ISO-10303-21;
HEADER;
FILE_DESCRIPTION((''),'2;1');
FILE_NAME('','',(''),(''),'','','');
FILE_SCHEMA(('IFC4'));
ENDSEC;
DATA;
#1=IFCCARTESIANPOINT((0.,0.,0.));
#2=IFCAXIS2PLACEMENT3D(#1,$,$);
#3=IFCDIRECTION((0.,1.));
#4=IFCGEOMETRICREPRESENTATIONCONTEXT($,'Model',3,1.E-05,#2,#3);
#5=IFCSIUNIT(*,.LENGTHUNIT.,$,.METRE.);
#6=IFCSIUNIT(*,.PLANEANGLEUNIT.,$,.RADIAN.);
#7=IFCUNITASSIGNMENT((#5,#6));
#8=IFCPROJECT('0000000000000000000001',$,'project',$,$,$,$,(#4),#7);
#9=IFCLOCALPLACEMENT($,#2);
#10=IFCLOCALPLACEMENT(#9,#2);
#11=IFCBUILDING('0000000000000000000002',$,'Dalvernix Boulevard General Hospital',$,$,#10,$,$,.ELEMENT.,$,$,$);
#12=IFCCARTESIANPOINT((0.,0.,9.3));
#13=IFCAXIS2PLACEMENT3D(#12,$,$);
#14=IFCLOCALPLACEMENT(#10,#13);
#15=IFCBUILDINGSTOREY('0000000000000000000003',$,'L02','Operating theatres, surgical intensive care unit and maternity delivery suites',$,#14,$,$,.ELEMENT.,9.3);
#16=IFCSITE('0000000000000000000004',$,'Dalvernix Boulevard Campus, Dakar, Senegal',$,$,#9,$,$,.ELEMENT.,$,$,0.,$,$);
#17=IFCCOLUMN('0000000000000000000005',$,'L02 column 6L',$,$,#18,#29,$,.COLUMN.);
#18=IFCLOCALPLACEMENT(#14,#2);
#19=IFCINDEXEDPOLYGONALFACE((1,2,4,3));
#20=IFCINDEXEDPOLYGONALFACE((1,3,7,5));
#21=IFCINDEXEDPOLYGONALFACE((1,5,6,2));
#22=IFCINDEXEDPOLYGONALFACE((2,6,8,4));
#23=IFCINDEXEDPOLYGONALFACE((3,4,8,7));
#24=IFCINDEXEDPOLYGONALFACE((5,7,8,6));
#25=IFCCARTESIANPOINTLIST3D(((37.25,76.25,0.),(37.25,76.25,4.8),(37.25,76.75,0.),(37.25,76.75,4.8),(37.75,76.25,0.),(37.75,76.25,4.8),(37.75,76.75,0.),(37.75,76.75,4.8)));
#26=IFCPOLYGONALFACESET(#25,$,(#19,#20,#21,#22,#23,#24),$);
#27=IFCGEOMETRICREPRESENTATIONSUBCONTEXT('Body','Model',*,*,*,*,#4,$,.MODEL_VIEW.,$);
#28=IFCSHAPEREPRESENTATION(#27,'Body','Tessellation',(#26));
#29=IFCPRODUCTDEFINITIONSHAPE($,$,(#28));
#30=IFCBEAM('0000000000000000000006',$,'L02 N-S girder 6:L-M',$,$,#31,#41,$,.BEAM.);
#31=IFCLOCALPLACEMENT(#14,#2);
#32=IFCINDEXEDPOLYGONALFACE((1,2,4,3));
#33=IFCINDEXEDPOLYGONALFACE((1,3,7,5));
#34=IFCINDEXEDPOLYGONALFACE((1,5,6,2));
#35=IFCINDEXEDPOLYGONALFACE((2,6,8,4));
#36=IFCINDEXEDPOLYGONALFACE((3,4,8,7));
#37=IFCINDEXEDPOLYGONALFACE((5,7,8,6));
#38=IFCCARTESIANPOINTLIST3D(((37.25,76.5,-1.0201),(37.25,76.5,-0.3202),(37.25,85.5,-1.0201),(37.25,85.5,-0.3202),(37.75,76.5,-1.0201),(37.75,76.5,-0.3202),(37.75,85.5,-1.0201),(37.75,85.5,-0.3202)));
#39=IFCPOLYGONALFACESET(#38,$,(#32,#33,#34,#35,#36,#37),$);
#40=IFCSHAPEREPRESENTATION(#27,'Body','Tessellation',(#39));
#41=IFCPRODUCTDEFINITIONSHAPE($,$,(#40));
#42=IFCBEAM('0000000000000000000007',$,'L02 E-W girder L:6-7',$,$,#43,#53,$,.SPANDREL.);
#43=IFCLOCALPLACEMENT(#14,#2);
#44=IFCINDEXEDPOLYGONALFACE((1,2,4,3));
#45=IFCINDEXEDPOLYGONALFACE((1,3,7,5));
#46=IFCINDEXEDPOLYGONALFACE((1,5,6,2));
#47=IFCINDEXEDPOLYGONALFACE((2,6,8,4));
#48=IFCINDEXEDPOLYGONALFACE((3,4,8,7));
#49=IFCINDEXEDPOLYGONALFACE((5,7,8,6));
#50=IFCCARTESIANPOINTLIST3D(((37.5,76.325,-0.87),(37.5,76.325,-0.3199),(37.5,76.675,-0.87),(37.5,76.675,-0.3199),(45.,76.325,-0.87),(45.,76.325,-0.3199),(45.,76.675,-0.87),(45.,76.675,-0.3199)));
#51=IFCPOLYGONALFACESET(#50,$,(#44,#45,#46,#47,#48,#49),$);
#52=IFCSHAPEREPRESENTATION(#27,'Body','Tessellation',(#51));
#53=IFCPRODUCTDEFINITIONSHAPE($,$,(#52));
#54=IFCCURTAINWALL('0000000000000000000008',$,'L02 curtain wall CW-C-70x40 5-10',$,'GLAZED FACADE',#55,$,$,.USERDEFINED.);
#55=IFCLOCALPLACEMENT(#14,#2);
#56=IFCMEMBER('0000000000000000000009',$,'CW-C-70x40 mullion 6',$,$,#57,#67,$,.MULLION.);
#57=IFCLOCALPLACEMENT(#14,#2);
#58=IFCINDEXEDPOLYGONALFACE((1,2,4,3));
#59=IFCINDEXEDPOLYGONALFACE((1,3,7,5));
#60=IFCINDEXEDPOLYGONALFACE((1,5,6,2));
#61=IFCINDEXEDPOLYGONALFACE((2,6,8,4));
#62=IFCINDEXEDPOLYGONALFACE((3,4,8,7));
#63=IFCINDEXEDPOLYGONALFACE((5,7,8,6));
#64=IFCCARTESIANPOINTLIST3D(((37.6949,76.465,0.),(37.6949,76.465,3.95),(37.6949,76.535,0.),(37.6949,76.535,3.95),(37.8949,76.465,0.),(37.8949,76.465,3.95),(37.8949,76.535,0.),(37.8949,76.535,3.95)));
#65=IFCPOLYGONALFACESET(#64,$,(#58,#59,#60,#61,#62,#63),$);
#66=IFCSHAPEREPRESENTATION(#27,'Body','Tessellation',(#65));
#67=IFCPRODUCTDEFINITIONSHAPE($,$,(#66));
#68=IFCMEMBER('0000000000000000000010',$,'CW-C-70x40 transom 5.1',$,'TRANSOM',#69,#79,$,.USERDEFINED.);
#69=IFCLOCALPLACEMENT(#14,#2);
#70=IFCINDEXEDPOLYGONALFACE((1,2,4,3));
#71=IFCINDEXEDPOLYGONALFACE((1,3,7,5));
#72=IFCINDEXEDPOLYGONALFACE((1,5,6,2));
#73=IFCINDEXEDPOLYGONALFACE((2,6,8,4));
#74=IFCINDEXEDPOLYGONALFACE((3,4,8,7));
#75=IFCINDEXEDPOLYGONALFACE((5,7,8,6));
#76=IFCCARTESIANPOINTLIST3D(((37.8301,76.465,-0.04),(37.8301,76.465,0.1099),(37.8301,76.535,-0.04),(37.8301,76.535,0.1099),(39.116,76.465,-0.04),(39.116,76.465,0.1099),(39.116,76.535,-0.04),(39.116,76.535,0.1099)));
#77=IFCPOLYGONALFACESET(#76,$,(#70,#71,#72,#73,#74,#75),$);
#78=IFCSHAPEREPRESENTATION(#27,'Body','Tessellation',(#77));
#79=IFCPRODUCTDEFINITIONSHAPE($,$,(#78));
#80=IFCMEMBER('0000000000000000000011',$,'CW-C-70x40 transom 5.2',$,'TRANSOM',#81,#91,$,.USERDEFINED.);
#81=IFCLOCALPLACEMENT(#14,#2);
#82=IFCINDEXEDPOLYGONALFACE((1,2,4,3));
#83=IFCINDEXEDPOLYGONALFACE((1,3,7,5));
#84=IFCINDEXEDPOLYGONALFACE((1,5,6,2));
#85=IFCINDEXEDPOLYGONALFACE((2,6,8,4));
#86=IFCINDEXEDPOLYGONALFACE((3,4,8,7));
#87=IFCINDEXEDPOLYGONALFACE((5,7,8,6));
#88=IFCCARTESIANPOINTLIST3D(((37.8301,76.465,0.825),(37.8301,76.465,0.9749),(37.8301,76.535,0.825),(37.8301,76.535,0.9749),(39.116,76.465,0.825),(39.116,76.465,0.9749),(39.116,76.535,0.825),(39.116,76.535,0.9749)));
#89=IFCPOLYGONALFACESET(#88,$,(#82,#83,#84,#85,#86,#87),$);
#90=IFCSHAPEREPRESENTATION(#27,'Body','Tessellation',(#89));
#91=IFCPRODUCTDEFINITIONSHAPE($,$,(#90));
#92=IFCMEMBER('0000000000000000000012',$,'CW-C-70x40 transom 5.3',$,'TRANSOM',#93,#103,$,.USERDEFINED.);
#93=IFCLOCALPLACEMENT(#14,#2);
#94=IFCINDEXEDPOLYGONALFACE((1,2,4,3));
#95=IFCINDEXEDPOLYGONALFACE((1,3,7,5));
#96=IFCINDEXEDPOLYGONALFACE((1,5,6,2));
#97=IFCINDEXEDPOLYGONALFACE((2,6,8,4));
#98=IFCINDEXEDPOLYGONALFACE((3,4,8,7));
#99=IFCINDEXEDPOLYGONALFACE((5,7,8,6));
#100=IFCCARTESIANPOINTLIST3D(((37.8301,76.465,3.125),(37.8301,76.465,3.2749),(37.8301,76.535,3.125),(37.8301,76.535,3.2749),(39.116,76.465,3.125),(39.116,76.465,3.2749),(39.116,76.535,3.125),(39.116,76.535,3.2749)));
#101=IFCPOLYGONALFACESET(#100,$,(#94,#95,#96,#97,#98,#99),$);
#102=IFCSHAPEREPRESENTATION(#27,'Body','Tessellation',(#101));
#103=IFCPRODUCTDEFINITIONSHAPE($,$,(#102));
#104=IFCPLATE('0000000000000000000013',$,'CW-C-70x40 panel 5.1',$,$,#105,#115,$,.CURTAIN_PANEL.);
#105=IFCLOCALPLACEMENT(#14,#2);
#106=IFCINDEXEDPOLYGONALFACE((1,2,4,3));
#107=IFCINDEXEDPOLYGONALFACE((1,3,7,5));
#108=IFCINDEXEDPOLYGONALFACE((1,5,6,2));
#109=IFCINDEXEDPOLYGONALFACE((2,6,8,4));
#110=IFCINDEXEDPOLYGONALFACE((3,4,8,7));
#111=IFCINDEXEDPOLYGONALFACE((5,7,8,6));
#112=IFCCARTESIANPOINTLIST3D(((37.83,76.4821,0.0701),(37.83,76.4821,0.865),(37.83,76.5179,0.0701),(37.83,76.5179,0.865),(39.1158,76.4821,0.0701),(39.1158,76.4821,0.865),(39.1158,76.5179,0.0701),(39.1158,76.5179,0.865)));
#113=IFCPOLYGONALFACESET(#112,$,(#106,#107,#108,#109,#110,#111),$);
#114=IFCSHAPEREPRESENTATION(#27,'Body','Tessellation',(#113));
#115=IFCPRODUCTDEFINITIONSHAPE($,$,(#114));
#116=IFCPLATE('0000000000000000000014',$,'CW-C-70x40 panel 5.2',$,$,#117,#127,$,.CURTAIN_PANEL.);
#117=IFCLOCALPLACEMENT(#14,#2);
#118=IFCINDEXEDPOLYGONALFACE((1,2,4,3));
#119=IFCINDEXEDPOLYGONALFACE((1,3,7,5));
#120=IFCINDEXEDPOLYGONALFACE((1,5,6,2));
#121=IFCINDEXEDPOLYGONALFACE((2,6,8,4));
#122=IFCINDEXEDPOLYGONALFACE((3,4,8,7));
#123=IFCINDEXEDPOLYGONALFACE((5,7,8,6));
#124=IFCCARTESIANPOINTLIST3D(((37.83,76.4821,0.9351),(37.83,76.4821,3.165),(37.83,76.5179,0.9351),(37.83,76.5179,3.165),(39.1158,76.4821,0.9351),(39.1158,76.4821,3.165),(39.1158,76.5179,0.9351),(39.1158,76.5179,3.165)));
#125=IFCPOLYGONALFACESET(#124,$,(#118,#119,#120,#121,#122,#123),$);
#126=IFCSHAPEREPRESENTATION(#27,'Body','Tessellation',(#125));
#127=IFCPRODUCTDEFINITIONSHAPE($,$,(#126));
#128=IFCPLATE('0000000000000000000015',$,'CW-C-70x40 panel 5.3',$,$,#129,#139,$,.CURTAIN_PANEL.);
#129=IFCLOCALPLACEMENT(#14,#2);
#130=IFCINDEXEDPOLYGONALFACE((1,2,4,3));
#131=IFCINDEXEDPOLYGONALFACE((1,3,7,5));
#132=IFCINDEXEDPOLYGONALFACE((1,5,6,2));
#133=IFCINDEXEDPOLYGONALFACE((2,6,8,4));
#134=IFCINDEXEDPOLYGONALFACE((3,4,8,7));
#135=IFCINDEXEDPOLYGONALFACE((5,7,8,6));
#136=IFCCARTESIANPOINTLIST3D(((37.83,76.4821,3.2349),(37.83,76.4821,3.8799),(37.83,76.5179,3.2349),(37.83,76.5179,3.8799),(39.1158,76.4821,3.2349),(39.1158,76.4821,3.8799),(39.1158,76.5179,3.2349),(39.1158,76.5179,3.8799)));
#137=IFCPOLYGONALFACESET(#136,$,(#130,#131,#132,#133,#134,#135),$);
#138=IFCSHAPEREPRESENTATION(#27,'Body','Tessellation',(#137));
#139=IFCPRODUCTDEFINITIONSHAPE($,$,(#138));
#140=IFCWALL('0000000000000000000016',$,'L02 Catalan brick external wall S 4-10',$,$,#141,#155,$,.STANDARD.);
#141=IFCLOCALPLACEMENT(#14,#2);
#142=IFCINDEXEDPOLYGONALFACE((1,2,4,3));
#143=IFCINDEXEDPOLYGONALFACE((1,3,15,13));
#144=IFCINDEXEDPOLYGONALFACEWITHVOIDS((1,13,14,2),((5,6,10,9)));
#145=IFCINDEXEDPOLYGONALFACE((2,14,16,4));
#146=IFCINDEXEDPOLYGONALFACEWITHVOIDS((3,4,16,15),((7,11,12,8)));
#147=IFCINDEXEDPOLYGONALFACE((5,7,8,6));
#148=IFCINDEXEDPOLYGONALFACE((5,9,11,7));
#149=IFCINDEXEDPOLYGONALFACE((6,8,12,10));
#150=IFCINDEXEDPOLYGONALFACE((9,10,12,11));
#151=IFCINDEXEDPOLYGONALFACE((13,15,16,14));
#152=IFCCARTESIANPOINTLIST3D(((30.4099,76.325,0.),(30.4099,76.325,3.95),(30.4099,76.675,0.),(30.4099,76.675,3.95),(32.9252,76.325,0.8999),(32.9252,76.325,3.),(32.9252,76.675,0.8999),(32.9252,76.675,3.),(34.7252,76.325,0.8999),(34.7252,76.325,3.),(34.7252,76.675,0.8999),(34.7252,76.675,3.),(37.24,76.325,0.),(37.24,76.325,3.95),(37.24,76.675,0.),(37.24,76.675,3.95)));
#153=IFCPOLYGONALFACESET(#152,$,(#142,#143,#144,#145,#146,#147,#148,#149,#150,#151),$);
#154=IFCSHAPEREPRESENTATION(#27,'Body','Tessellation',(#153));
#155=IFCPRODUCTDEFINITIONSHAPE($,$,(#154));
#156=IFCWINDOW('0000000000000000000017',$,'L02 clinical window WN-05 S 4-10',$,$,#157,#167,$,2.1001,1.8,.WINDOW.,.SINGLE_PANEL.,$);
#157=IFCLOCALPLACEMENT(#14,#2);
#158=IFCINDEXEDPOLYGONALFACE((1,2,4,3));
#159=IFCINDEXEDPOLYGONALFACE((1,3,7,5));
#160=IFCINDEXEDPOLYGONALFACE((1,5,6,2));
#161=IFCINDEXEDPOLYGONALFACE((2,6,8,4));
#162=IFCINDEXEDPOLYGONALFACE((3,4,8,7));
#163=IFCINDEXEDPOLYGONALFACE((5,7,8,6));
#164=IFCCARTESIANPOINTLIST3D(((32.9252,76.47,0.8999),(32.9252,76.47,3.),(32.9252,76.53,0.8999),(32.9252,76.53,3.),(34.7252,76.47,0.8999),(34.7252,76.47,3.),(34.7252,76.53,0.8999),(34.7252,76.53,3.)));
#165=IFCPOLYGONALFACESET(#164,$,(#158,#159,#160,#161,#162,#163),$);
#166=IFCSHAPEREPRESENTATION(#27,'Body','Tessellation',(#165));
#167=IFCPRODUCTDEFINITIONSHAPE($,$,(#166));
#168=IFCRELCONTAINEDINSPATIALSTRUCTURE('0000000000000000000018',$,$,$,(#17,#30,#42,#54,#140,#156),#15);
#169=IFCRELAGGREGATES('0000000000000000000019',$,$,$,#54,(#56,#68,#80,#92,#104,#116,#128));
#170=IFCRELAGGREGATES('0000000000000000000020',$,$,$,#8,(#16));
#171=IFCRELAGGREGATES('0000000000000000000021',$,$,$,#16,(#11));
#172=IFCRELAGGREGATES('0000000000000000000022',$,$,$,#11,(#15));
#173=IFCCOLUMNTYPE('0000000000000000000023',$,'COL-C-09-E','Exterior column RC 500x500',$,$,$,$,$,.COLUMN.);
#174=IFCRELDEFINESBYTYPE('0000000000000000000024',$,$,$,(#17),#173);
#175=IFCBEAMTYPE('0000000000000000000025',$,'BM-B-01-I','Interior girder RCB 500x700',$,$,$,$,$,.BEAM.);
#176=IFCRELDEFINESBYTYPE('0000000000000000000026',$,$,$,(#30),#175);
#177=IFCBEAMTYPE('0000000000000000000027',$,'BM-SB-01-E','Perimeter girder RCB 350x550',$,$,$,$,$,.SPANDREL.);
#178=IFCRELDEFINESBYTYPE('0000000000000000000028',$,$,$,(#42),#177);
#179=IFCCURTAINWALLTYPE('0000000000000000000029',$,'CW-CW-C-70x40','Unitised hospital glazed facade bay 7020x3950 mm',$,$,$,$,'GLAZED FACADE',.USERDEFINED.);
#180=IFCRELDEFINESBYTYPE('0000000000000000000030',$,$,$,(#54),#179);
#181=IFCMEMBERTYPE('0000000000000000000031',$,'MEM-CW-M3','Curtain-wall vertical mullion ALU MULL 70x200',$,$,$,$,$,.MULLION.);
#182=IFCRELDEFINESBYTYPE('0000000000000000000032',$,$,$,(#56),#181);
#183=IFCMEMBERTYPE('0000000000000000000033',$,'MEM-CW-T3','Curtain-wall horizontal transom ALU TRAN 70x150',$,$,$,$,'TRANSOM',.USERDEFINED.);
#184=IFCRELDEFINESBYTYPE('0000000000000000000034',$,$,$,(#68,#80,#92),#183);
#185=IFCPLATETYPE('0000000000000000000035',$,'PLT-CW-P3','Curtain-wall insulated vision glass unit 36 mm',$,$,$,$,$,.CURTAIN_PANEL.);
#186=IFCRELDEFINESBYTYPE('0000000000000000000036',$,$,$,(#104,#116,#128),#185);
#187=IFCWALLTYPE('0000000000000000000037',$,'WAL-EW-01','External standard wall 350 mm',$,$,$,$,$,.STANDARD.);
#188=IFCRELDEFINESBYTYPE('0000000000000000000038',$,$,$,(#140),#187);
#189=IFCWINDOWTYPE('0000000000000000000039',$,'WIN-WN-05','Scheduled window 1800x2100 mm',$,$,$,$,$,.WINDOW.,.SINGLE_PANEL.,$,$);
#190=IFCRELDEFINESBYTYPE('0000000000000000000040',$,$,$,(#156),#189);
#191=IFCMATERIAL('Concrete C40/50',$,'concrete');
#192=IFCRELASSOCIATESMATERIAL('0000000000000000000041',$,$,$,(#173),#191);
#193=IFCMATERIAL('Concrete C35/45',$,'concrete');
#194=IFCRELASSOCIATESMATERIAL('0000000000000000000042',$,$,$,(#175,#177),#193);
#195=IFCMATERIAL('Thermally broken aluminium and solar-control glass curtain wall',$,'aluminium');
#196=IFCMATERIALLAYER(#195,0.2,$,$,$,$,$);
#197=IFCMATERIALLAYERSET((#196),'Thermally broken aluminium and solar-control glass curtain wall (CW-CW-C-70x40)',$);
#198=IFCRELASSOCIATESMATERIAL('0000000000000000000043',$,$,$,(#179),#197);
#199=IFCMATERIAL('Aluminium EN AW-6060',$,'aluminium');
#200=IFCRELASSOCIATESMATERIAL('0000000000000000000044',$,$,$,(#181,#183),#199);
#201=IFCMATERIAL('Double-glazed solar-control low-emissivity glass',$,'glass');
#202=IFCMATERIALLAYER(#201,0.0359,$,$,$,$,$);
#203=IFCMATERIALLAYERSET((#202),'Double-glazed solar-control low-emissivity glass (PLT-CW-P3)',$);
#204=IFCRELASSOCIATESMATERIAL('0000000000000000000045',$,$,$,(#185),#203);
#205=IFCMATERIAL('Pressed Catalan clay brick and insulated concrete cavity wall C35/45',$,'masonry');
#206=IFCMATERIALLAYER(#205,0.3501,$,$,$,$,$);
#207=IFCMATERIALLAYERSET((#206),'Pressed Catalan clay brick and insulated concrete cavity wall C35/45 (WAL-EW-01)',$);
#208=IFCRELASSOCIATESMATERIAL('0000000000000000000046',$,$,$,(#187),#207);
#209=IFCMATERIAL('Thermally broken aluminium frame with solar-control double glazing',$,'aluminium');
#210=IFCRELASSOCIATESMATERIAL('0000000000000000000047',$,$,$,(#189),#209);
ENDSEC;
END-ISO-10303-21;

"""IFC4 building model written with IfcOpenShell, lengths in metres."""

from ifc_helpers import new_model, si_unit, direction, frame, frame_2d, origin, origin_2d, place, context, subcontext, project, spatial, rectangle, extrude, material, layer, layer_set, material_profile, profile_set, type_object, element, fill, aggregate, save


model = new_model("IFC4")

# Units and contexts
model_context = context("Model", 3, precision=1e-05, world=origin(), true_north=direction((0.0, 1.0)))
body_context = subcontext(model_context, "Body", "Model", "MODEL_VIEW")
ifc_project = project(units=[si_unit("LENGTHUNIT", "METRE"), si_unit("PLANEANGLEUNIT", "RADIAN")], contexts=[model_context])

# Site, building, storey
site_placement = place(None, origin())
site = spatial("IfcSite", under=ifc_project, at=site_placement, Name="Dalvernix Boulevard Campus, Dakar, Senegal", CompositionType="ELEMENT", RefElevation=0.0)
building_placement = place(site_placement, origin())
building = spatial("IfcBuilding", under=site, at=building_placement, Name="Dalvernix Boulevard General Hospital", CompositionType="ELEMENT")
storey_placement = place(building_placement, frame((0.0, 0.0, 9.3)))
storey = spatial("IfcBuildingStorey", under=building, at=storey_placement, Name="L02", Description="Operating theatres, surgical intensive care unit and maternity delivery suites", CompositionType="ELEMENT", Elevation=9.3)

# Column
ifc_material_1 = material(Name="Concrete C40/50", Category="concrete")
ifc_material_profile_1 = material_profile(ifc_material_1, rectangle(XDim=0.5, YDim=0.5, at=origin_2d()), Name="RC 500x500")
ifc_profile_set_1 = profile_set([ifc_material_profile_1], Name="Concrete C40/50")
column_type = type_object("IfcColumnType", Name="COL-C-09-E", Description="Exterior column RC 500x500", PredefinedType="COLUMN", material=ifc_profile_set_1)
column_placement = place(storey_placement, frame((37.5, 76.5, 0.0), z_axis=(0.0, 0.0, 1.0), x_axis=(1.0, 0.0, 0.0)))
element("IfcColumn", 1, at=column_placement, inside=storey, type_object=column_type, Name="L02 column 6L", PredefinedType="COLUMN", context=body_context, shape_type="SweptSolid", body=[
    extrude(rectangle(XDim=0.5, YDim=0.5, at=origin_2d()), origin(), (0.0, 0.0, 1.0), 4.8),
])

# Beams
ifc_material_2 = material(Name="Concrete C35/45", Category="concrete")
ifc_material_profile_2 = material_profile(ifc_material_2, rectangle(XDim=0.5, YDim=0.7, at=origin_2d()), Name="RCB 500x700")
ifc_profile_set_2 = profile_set([ifc_material_profile_2], Name="Concrete C35/45")
beam_type_1 = type_object("IfcBeamType", Name="BM-B-01-I", Description="Interior girder RCB 500x700", PredefinedType="BEAM", material=ifc_profile_set_2)
beam_1_placement = place(storey_placement, frame((37.5, 76.5, -0.6702), z_axis=(0.0, 1.0, 0.0), x_axis=(-1.0, 0.0, 0.0)))
element("IfcBeam", 2, at=beam_1_placement, inside=storey, type_object=beam_type_1, Name="L02 N-S girder 6:L-M", PredefinedType="BEAM", context=body_context, shape_type="SweptSolid", body=[
    extrude(rectangle(XDim=0.5, YDim=0.7, at=origin_2d()), origin(), (0.0, 0.0, 1.0), 9.0),
])
ifc_material_profile_3 = material_profile(ifc_material_2, rectangle(XDim=0.3501, YDim=0.55, at=origin_2d()), Name="RCB 350x550")
ifc_profile_set_3 = profile_set([ifc_material_profile_3], Name="Concrete C35/45")
beam_type_2 = type_object("IfcBeamType", Name="BM-SB-01-E", Description="Perimeter girder RCB 350x550", PredefinedType="SPANDREL", material=ifc_profile_set_3)
beam_2_placement = place(storey_placement, frame((37.5, 76.5, -0.595), z_axis=(1.0, 0.0, 0.0), x_axis=(0.0, 1.0, 0.0)))
element("IfcBeam", 3, at=beam_2_placement, inside=storey, type_object=beam_type_2, Name="L02 E-W girder L:6-7", PredefinedType="SPANDREL", context=body_context, shape_type="SweptSolid", body=[
    extrude(rectangle(XDim=0.3501, YDim=0.55, at=origin_2d()), origin(), (0.0, 0.0, 1.0), 7.5),
])

# Curtain wall, members, plates
ifc_material_3 = material(Name="Thermally broken aluminium and solar-control glass curtain wall", Category="aluminium")
ifc_layer_1 = layer(ifc_material_3, 0.2)
ifc_layer_set_1 = layer_set([ifc_layer_1], Name="Thermally broken aluminium and solar-control glass curtain wall (CW-CW-C-70x40)")
curtain_wall_type = type_object("IfcCurtainWallType", Name="CW-CW-C-70x40", Description="Unitised hospital glazed facade bay 7020x3950 mm", ElementType="GLAZED FACADE", PredefinedType="USERDEFINED", material=ifc_layer_set_1)
curtain_wall_placement = place(storey_placement, origin())
curtain_wall = element("IfcCurtainWall", 4, at=curtain_wall_placement, inside=storey, type_object=curtain_wall_type, Name="L02 curtain wall CW-C-70x40 5-10", ObjectType="GLAZED FACADE", PredefinedType="USERDEFINED")
ifc_material_4 = material(Name="Aluminium EN AW-6060", Category="aluminium")
ifc_material_profile_4 = material_profile(ifc_material_4, rectangle(XDim=0.0701, YDim=0.2, at=origin_2d()), Name="ALU MULL 70x200")
ifc_profile_set_4 = profile_set([ifc_material_profile_4], Name="Aluminium EN AW-6060")
member_type_1 = type_object("IfcMemberType", Name="MEM-CW-M3", Description="Curtain-wall vertical mullion ALU MULL 70x200", PredefinedType="MULLION", material=ifc_profile_set_4)
member_1_placement = place(storey_placement, frame((37.7949, 76.5, 0.0), z_axis=(0.0, 0.0, 1.0), x_axis=(0.0, -1.0, 0.0)))
member_1 = element("IfcMember", 5, at=member_1_placement, type_object=member_type_1, Name="CW-C-70x40 mullion 6", PredefinedType="MULLION", context=body_context, shape_type="SweptSolid", body=[
    extrude(rectangle(XDim=0.0701, YDim=0.2, at=origin_2d()), origin(), (0.0, 0.0, 1.0), 3.95),
])
ifc_material_profile_5 = material_profile(ifc_material_4, rectangle(XDim=0.0701, YDim=0.1499, at=origin_2d()), Name="ALU TRAN 70x150")
ifc_profile_set_5 = profile_set([ifc_material_profile_5], Name="Aluminium EN AW-6060")
member_type_2 = type_object("IfcMemberType", Name="MEM-CW-T3", Description="Curtain-wall horizontal transom ALU TRAN 70x150", ElementType="TRANSOM", PredefinedType="USERDEFINED", material=ifc_profile_set_5)
member_2_placement = place(storey_placement, frame((39.116, 76.5, 0.0349), z_axis=(-1.0, 0.0, 0.0), x_axis=(0.0, -1.0, 0.0)))
member_2 = element("IfcMember", 6, at=member_2_placement, type_object=member_type_2, Name="CW-C-70x40 transom 5.1", ObjectType="TRANSOM", PredefinedType="USERDEFINED", context=body_context, shape_type="SweptSolid", body=[
    extrude(rectangle(XDim=0.0701, YDim=0.1499, at=origin_2d()), origin(), (0.0, 0.0, 1.0), 1.2859),
])
member_3_placement = place(storey_placement, frame((39.116, 76.5, 0.8999), z_axis=(-1.0, 0.0, 0.0), x_axis=(0.0, -1.0, 0.0)))
member_3 = element("IfcMember", 7, at=member_3_placement, type_object=member_type_2, Name="CW-C-70x40 transom 5.2", ObjectType="TRANSOM", PredefinedType="USERDEFINED", context=body_context, shape_type="SweptSolid", body=[
    extrude(rectangle(XDim=0.0701, YDim=0.1499, at=origin_2d()), origin(), (0.0, 0.0, 1.0), 1.2859),
])
member_4_placement = place(storey_placement, frame((39.116, 76.5, 3.2), z_axis=(-1.0, 0.0, 0.0), x_axis=(0.0, -1.0, 0.0)))
member_4 = element("IfcMember", 8, at=member_4_placement, type_object=member_type_2, Name="CW-C-70x40 transom 5.3", ObjectType="TRANSOM", PredefinedType="USERDEFINED", context=body_context, shape_type="SweptSolid", body=[
    extrude(rectangle(XDim=0.0701, YDim=0.1499, at=origin_2d()), origin(), (0.0, 0.0, 1.0), 1.2859),
])
ifc_material_5 = material(Name="Double-glazed solar-control low-emissivity glass", Category="glass")
ifc_layer_2 = layer(ifc_material_5, 0.0359)
ifc_layer_set_2 = layer_set([ifc_layer_2], Name="Double-glazed solar-control low-emissivity glass (PLT-CW-P3)")
plate_type = type_object("IfcPlateType", Name="PLT-CW-P3", Description="Curtain-wall insulated vision glass unit 36 mm", PredefinedType="CURTAIN_PANEL", material=ifc_layer_set_2)
plate_1_placement = place(storey_placement, frame((38.4729, 76.5, 0.0701), z_axis=(0.0, 0.0, 1.0), x_axis=(-1.0, 0.0, 0.0)))
plate_1 = element("IfcPlate", 9, at=plate_1_placement, type_object=plate_type, Name="CW-C-70x40 panel 5.1", PredefinedType="CURTAIN_PANEL", context=body_context, shape_type="SweptSolid", body=[
    extrude(rectangle(XDim=1.2859, YDim=0.0359, at=origin_2d()), origin(), (0.0, 0.0, 1.0), 0.7949),
])
plate_2_placement = place(storey_placement, frame((38.4729, 76.5, 0.9351), z_axis=(0.0, 0.0, 1.0), x_axis=(-1.0, 0.0, 0.0)))
plate_2 = element("IfcPlate", 10, at=plate_2_placement, type_object=plate_type, Name="CW-C-70x40 panel 5.2", PredefinedType="CURTAIN_PANEL", context=body_context, shape_type="SweptSolid", body=[
    extrude(rectangle(XDim=1.2859, YDim=0.0359, at=origin_2d()), origin(), (0.0, 0.0, 1.0), 2.23),
])
plate_3_placement = place(storey_placement, frame((38.4729, 76.5, 3.2349), z_axis=(0.0, 0.0, 1.0), x_axis=(-1.0, 0.0, 0.0)))
plate_3 = element("IfcPlate", 11, at=plate_3_placement, type_object=plate_type, Name="CW-C-70x40 panel 5.3", PredefinedType="CURTAIN_PANEL", context=body_context, shape_type="SweptSolid", body=[
    extrude(rectangle(XDim=1.2859, YDim=0.0359, at=origin_2d()), origin(), (0.0, 0.0, 1.0), 0.645),
])
aggregate(curtain_wall, [member_1, member_2, member_3, member_4, plate_1, plate_2, plate_3])

# Wall, opening, window
ifc_material_6 = material(Name="Pressed Catalan clay brick and insulated concrete cavity wall C35/45", Category="masonry")
ifc_layer_3 = layer(ifc_material_6, 0.3501)
ifc_layer_set_3 = layer_set([ifc_layer_3], Name="Pressed Catalan clay brick and insulated concrete cavity wall C35/45 (WAL-EW-01)")
wall_type = type_object("IfcWallType", Name="WAL-EW-01", Description="External standard wall 350 mm", PredefinedType="STANDARD", material=ifc_layer_set_3)
wall_placement = place(storey_placement, frame((37.24, 76.5, 0.0), z_axis=(0.0, 0.0, 1.0), x_axis=(-1.0, 0.0, 0.0)))
wall = element("IfcWall", 12, at=wall_placement, inside=storey, type_object=wall_type, Name="L02 Catalan brick external wall S 4-10", PredefinedType="STANDARD", context=body_context, shape_type="SweptSolid", body=[
    extrude(rectangle(XDim=6.8301, YDim=0.3501, at=frame_2d((3.415, 0.0))), origin(), (0.0, 0.0, 1.0), 3.95),
])
opening_placement = place(wall_placement, frame((2.5149, 0.0, 0.8999)))
opening = element("IfcOpeningElement", 13, at=opening_placement, cuts=wall, PredefinedType="OPENING", context=body_context, shape_type="SweptSolid", body=[
    extrude(rectangle(XDim=1.8, YDim=2.1001, at=frame_2d((0.8999, 1.05))), frame((0.0, 0.1851, 0.0), z_axis=(0.0, -1.0, 0.0), x_axis=(1.0, 0.0, 0.0)), (0.0, 0.0, 1.0), 0.3701),
])
ifc_material_7 = material(Name="Thermally broken aluminium frame with solar-control double glazing", Category="aluminium")
window_type = type_object("IfcWindowType", Name="WIN-WN-05", Description="Scheduled window 1800x2100 mm", PartitioningType="SINGLE_PANEL", PredefinedType="WINDOW", material=ifc_material_7)
window_placement = place(opening_placement, origin())
window = element("IfcWindow", 14, at=window_placement, inside=storey, type_object=window_type, Name="L02 clinical window WN-05 S 4-10", OverallHeight=2.1001, OverallWidth=1.8, PartitioningType="SINGLE_PANEL", PredefinedType="WINDOW", context=body_context, shape_type="SweptSolid", body=[
    extrude(rectangle(XDim=1.8, YDim=2.1001, at=frame_2d((0.8999, 1.05))), frame((0.0, 0.03, 0.0), z_axis=(0.0, -1.0, 0.0), x_axis=(1.0, 0.0, 0.0)), (0.0, 0.0, 1.0), 0.0601),
])
fill(opening, window)

save(model, "model.ifc")
